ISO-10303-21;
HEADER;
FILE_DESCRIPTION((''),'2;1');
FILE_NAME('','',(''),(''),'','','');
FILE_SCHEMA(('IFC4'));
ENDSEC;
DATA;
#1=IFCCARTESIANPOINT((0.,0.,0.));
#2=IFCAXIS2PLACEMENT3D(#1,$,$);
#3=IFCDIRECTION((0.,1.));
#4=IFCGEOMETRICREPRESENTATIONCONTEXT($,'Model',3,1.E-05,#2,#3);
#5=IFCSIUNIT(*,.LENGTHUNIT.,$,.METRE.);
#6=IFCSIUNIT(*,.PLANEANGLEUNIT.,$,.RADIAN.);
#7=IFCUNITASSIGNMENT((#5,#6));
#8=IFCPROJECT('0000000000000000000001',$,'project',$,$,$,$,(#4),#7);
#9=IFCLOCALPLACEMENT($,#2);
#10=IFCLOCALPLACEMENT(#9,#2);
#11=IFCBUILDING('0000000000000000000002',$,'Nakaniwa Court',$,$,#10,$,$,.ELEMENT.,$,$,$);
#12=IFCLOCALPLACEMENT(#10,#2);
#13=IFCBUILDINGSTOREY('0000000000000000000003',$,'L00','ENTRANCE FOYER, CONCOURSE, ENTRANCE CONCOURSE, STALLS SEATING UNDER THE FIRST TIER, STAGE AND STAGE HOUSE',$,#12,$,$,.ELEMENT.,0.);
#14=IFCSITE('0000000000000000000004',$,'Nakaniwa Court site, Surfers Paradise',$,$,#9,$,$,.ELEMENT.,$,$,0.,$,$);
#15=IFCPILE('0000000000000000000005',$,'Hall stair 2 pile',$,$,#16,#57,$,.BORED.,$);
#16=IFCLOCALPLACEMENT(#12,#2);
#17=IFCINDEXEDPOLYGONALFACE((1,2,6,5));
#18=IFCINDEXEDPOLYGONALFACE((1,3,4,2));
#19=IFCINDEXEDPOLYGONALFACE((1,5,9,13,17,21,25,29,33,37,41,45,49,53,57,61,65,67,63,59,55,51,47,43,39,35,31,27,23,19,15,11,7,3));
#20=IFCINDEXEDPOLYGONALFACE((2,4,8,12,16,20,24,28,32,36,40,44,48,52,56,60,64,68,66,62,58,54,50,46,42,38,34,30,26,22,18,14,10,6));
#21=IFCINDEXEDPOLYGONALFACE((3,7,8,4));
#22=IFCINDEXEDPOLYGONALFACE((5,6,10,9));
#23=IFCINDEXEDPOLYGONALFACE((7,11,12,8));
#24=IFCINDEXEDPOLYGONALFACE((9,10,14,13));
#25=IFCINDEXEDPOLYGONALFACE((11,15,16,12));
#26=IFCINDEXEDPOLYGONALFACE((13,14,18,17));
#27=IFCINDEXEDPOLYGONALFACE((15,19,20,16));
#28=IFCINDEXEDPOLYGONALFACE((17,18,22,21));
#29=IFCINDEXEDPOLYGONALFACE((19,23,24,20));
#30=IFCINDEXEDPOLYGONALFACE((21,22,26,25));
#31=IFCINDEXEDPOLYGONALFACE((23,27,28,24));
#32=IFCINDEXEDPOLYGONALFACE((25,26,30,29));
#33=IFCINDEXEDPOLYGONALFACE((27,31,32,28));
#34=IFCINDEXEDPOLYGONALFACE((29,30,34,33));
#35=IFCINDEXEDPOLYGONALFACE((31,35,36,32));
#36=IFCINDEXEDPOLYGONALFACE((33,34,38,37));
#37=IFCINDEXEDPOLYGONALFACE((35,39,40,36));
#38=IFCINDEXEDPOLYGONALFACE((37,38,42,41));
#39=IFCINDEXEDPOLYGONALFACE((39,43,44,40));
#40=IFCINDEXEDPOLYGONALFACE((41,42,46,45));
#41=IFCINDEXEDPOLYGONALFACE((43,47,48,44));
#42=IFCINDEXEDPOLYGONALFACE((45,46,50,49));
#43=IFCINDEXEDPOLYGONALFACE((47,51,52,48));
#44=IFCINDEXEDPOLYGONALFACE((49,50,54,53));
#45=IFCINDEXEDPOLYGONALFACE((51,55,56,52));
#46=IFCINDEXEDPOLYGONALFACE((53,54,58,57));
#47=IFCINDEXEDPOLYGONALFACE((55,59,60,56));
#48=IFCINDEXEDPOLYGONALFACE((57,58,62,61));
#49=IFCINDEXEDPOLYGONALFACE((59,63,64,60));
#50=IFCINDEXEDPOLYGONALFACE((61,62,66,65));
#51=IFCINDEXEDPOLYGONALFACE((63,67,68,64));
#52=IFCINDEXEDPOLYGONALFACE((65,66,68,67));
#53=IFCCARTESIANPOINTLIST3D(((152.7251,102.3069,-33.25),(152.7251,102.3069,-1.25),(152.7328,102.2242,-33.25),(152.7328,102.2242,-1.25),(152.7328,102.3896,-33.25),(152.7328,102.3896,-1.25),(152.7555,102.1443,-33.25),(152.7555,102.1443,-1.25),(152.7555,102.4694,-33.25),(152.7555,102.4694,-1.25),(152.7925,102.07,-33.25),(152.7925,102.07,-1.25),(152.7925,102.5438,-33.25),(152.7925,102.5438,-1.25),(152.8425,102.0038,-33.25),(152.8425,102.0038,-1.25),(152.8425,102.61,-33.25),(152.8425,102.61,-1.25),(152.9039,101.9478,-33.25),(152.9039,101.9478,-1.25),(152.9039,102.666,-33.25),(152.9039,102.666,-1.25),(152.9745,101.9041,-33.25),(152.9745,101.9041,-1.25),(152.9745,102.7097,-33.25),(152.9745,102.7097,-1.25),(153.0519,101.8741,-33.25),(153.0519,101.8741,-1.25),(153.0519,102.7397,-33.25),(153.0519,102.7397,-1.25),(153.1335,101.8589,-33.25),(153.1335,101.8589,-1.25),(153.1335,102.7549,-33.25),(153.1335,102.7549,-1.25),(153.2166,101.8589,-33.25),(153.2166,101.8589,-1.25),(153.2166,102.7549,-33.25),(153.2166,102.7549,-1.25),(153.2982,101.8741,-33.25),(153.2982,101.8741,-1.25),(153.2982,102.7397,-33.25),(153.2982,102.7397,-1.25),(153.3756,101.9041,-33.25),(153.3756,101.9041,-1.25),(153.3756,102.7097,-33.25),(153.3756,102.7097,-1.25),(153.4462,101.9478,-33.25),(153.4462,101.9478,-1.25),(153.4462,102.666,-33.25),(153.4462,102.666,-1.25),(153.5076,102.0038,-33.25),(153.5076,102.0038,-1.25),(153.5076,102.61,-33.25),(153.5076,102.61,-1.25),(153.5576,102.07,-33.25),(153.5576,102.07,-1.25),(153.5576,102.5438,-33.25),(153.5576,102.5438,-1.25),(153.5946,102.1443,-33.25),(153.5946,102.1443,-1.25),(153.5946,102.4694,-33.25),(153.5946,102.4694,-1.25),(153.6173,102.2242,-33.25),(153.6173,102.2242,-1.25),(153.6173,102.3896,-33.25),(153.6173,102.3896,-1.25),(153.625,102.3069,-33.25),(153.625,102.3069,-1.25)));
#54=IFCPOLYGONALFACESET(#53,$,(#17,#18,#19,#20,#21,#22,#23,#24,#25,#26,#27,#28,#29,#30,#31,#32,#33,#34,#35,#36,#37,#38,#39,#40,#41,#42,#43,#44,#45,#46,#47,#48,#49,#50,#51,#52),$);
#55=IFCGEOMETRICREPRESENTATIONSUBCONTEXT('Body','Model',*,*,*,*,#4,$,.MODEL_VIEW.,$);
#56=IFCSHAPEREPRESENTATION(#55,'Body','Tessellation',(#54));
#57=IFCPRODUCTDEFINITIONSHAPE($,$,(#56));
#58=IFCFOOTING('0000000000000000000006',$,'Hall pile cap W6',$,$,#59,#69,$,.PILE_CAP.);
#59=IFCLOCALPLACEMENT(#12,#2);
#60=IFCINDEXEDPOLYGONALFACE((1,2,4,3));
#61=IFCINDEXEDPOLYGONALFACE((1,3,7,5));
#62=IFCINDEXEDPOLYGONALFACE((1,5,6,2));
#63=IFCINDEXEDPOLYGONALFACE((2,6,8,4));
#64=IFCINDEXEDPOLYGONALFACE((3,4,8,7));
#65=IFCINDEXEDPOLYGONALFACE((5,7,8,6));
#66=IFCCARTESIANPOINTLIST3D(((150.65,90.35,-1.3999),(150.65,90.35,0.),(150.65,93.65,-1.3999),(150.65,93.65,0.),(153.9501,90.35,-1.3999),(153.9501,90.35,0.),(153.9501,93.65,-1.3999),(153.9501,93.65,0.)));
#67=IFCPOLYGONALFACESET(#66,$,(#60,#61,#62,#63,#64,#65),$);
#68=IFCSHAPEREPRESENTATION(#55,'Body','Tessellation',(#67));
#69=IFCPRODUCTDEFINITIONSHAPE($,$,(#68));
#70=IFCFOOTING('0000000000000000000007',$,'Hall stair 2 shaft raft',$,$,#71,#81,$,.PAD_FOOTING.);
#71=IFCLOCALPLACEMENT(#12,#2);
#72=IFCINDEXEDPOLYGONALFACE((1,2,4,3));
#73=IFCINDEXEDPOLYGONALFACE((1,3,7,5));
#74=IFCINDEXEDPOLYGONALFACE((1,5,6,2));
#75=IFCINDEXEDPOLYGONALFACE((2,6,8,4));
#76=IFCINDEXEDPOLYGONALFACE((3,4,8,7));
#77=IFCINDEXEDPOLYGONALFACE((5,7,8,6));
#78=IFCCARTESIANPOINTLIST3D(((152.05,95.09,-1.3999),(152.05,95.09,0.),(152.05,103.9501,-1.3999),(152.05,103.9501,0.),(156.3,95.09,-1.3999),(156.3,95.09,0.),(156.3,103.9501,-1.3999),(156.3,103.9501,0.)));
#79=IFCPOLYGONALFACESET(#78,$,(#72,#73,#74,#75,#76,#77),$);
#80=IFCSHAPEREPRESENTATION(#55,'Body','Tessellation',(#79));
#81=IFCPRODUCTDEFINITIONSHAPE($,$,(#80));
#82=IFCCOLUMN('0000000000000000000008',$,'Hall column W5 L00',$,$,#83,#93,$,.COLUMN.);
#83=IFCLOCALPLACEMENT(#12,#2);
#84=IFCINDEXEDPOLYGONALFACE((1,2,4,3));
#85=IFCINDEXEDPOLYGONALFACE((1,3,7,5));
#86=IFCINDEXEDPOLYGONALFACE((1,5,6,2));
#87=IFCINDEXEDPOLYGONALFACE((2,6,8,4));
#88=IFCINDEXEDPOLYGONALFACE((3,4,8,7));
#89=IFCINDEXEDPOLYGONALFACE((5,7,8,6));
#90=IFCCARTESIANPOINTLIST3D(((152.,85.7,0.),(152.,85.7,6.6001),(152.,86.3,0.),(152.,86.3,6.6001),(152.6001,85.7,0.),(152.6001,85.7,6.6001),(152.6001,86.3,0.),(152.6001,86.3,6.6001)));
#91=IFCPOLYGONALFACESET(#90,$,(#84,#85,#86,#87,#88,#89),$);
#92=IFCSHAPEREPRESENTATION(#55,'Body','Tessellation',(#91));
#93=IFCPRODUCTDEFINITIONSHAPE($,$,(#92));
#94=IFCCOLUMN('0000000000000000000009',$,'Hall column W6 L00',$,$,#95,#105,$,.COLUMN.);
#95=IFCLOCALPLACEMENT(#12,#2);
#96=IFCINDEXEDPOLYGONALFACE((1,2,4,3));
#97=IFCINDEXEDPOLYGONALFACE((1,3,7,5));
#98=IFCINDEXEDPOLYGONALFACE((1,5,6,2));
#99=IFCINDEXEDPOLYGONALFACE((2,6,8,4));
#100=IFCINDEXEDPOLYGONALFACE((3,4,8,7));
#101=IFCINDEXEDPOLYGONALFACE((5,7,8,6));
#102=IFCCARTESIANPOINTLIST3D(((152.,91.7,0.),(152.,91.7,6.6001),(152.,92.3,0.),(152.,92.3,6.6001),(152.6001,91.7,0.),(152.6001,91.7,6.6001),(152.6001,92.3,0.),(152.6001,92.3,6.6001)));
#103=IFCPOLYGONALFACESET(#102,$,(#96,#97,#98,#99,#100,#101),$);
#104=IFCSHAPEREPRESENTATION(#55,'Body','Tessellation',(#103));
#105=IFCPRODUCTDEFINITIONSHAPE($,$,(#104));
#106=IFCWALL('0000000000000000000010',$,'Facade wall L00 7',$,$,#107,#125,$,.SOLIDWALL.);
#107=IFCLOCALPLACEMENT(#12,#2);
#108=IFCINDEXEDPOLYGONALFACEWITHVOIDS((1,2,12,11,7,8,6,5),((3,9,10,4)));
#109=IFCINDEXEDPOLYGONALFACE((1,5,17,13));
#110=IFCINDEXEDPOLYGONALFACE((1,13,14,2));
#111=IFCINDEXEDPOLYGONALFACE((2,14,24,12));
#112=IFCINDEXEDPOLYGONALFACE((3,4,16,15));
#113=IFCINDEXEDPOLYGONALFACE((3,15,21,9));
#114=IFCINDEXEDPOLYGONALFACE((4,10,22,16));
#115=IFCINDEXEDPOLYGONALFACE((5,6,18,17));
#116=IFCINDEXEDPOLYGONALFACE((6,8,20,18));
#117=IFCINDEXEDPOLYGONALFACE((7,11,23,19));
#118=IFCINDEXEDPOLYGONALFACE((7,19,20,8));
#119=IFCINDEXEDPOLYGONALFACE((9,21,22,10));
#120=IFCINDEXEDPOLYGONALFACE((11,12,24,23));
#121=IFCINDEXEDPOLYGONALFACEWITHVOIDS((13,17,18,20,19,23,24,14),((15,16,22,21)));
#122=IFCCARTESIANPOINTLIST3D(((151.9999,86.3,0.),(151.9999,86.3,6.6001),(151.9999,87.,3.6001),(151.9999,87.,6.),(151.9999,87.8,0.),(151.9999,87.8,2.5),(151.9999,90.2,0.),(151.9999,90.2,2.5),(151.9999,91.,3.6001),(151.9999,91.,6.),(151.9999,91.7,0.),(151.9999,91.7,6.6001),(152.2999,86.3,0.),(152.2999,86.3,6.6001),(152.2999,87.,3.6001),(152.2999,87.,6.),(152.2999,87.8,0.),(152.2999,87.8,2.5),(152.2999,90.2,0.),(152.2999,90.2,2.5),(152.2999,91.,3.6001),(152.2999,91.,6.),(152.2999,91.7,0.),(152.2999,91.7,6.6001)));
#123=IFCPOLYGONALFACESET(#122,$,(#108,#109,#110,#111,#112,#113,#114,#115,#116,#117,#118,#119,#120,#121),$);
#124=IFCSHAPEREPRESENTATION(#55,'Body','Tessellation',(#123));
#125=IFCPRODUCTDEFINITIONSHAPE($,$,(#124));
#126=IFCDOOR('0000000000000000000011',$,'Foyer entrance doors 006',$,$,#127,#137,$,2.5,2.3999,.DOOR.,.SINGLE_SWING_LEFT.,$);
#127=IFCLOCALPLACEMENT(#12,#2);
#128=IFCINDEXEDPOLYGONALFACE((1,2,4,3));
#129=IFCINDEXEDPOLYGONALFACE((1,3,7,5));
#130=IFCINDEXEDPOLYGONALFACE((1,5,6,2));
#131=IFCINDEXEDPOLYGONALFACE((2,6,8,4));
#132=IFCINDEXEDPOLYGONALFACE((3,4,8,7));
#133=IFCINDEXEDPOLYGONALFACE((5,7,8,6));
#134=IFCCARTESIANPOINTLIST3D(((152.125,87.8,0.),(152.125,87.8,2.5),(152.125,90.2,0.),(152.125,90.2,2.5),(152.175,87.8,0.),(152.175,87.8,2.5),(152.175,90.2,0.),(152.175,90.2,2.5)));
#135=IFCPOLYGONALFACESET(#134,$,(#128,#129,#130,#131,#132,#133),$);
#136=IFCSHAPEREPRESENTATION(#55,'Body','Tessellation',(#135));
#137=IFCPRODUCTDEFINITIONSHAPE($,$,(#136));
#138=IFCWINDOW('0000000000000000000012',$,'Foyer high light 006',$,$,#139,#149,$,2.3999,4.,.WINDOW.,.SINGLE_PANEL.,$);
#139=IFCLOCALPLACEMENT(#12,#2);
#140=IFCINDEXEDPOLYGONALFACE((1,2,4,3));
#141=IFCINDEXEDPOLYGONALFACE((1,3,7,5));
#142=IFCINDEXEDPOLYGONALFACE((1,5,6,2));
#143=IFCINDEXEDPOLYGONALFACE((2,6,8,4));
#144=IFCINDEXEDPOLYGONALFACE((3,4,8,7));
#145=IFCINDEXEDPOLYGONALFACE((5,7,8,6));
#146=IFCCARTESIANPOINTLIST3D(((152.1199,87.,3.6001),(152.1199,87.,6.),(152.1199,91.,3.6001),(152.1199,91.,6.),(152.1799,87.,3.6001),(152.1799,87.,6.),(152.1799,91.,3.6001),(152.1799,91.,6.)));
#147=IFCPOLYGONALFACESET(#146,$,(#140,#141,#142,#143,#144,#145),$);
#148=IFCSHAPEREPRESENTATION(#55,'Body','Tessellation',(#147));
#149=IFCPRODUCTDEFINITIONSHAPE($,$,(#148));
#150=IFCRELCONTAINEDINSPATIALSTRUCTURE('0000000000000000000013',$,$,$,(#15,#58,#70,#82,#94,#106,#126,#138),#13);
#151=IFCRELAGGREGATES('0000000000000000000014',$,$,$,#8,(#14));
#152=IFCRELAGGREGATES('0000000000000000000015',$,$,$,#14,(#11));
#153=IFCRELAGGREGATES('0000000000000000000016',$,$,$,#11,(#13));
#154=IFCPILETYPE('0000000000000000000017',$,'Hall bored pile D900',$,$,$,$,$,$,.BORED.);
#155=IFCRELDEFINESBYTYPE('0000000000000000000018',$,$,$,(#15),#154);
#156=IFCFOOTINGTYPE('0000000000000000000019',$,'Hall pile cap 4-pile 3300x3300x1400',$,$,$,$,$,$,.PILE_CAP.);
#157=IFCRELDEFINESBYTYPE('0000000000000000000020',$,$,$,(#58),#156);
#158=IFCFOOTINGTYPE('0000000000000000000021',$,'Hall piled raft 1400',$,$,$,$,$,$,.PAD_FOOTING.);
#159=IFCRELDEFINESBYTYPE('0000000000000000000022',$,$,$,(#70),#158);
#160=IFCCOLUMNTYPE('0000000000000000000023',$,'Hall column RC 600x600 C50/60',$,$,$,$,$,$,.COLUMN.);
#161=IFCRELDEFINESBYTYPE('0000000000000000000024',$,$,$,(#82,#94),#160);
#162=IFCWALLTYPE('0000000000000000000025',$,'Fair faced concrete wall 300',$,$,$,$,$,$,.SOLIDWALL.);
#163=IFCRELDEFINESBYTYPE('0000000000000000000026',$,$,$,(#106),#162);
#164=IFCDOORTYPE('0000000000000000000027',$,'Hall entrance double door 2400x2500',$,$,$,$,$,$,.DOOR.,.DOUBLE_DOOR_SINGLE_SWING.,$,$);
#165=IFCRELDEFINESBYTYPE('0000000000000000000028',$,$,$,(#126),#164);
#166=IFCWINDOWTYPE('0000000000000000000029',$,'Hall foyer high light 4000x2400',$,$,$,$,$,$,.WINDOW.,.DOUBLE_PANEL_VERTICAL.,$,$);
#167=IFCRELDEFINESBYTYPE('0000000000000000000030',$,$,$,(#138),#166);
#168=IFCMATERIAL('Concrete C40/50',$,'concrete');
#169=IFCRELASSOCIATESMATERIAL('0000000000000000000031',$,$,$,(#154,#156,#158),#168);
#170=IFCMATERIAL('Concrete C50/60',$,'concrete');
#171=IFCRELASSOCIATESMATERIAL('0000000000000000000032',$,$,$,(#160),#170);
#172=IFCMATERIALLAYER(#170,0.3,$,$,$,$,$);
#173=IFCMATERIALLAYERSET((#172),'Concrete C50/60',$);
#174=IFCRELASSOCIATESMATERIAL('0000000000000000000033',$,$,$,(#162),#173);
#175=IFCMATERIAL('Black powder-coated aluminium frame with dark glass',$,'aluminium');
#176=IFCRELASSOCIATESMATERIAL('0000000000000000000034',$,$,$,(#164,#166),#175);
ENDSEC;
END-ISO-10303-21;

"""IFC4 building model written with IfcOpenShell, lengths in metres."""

from ifc_helpers import new_model, si_unit, direction, frame, frame_2d, origin, origin_2d, place, context, subcontext, project, spatial, rectangle, circle, extrude, material, layer, layer_set, material_profile, profile_set, type_object, element, fill, save


model = new_model("IFC4")

# Units and contexts
model_context = context("Model", 3, precision=1e-05, world=origin(), true_north=direction((0.0, 1.0)))
body_context = subcontext(model_context, "Body", "Model", "MODEL_VIEW")
ifc_project = project(units=[si_unit("LENGTHUNIT", "METRE"), si_unit("PLANEANGLEUNIT", "RADIAN")], contexts=[model_context])

# Site, building, storey
site_placement = place(None, origin())
site = spatial("IfcSite", under=ifc_project, at=site_placement, Name="Nakaniwa Court site, Surfers Paradise", CompositionType="ELEMENT", RefElevation=0.0)
building_placement = place(site_placement, origin())
building = spatial("IfcBuilding", under=site, at=building_placement, Name="Nakaniwa Court", CompositionType="ELEMENT")
storey_placement = place(building_placement, origin())
storey = spatial("IfcBuildingStorey", under=building, at=storey_placement, Name="L00", Description="ENTRANCE FOYER, CONCOURSE, ENTRANCE CONCOURSE, STALLS SEATING UNDER THE FIRST TIER, STAGE AND STAGE HOUSE", CompositionType="ELEMENT", Elevation=0.0)

# Pile
ifc_material_1 = material(Name="Concrete C40/50", Category="concrete")
ifc_material_profile_1 = material_profile(ifc_material_1, circle(Radius=0.45, at=origin_2d()), Name="Bored pile D900")
ifc_profile_set_1 = profile_set([ifc_material_profile_1], Name="Concrete C40/50")
pile_type = type_object("IfcPileType", Name="Hall bored pile D900", PredefinedType="BORED", material=ifc_profile_set_1)
for number, where, z_axis, x_axis, name in (
    (1, (153.175, 102.3069, -1.25), (0.0, 0.0, -1.0), (1.0, 0.0, 0.0), "Hall stair 2 pile"),
):
    element("IfcPile", number, at=place(storey_placement, frame(where, z_axis=z_axis, x_axis=x_axis)), inside=storey, type_object=pile_type, Name=name, PredefinedType="BORED", context=body_context, shape_type="SweptSolid", body=[
        extrude(circle(Radius=0.45, at=origin_2d()), origin(), (0.0, 0.0, 1.0), 32.0),
    ])

# Footings
footing_type_1 = type_object("IfcFootingType", Name="Hall pile cap 4-pile 3300x3300x1400", PredefinedType="PILE_CAP", material=ifc_material_1)
footing_1_placement = place(storey_placement, frame((152.3, 92.0, -1.3999), z_axis=(0.0, 0.0, 1.0), x_axis=(1.0, 0.0, 0.0)))
element("IfcFooting", 2, at=footing_1_placement, inside=storey, type_object=footing_type_1, Name="Hall pile cap W6", PredefinedType="PILE_CAP", context=body_context, shape_type="SweptSolid", body=[
    extrude(rectangle(XDim=3.3, YDim=3.3, at=origin_2d()), origin(), (0.0, 0.0, 1.0), 1.3999),
])
footing_type_2 = type_object("IfcFootingType", Name="Hall piled raft 1400", PredefinedType="PAD_FOOTING", material=ifc_material_1)
footing_2_placement = place(storey_placement, frame((154.175, 99.52, -1.3999), z_axis=(0.0, 0.0, 1.0), x_axis=(1.0, 0.0, 0.0)))
element("IfcFooting", 3, at=footing_2_placement, inside=storey, type_object=footing_type_2, Name="Hall stair 2 shaft raft", PredefinedType="PAD_FOOTING", context=body_context, shape_type="SweptSolid", body=[
    extrude(rectangle(XDim=4.25, YDim=8.8601, at=origin_2d()), origin(), (0.0, 0.0, 1.0), 1.3999),
])

# Columns
ifc_material_2 = material(Name="Concrete C50/60", Category="concrete")
ifc_material_profile_2 = material_profile(ifc_material_2, rectangle(XDim=0.6001, YDim=0.6001, at=origin_2d()), Name="RC 600x600")
ifc_profile_set_2 = profile_set([ifc_material_profile_2], Name="Concrete C50/60")
column_type = type_object("IfcColumnType", Name="Hall column RC 600x600 C50/60", PredefinedType="COLUMN", material=ifc_profile_set_2)
for number, where, z_axis, x_axis, name in (
    (4, (152.3, 86.0, 0.0), (0.0, 0.0, 1.0), (1.0, 0.0, 0.0), "Hall column W5 L00"),
    (5, (152.3, 92.0, 0.0), (0.0, 0.0, 1.0), (1.0, 0.0, 0.0), "Hall column W6 L00"),
):
    element("IfcColumn", number, at=place(storey_placement, frame(where, z_axis=z_axis, x_axis=x_axis)), inside=storey, type_object=column_type, Name=name, PredefinedType="COLUMN", context=body_context, shape_type="SweptSolid", body=[
        extrude(rectangle(XDim=0.6001, YDim=0.6001, at=origin_2d()), origin(), (0.0, 0.0, 1.0), 6.6001),
    ])

# Wall, openings, door, window
ifc_layer_1 = layer(ifc_material_2, 0.3)
ifc_layer_set_1 = layer_set([ifc_layer_1], Name="Concrete C50/60")
wall_type_1 = type_object("IfcWallType", Name="Fair faced concrete wall 300", PredefinedType="SOLIDWALL", material=ifc_layer_set_1)
wall_1_placement = place(storey_placement, frame((152.1499, 86.3, 0.0), z_axis=(0.0, 0.0, 1.0), x_axis=(0.0, 1.0, 0.0)))
wall_1 = element("IfcWall", 6, at=wall_1_placement, inside=storey, type_object=wall_type_1, Name="Facade wall L00 7", PredefinedType="SOLIDWALL", context=body_context, shape_type="SweptSolid", body=[
    extrude(rectangle(XDim=5.3999, YDim=0.3, at=frame_2d((2.7, 0.0))), origin(), (0.0, 0.0, 1.0), 6.6001),
])
opening_1_placement = place(wall_1_placement, frame((1.5, 0.0, 0.0)))
opening_1 = element("IfcOpeningElement", 7, at=opening_1_placement, cuts=wall_1, PredefinedType="OPENING", context=body_context, shape_type="SweptSolid", body=[
    extrude(rectangle(XDim=2.3999, YDim=2.5, at=frame_2d((1.2, 1.25))), frame((0.0, 0.1599, 0.0), z_axis=(0.0, -1.0, 0.0), x_axis=(1.0, 0.0, 0.0)), (0.0, 0.0, 1.0), 0.3201),
])
opening_2_placement = place(wall_1_placement, frame((0.7, 0.0, 3.6001)))
opening_2 = element("IfcOpeningElement", 8, at=opening_2_placement, cuts=wall_1, PredefinedType="OPENING", context=body_context, shape_type="SweptSolid", body=[
    extrude(rectangle(XDim=4.0, YDim=2.3999, at=frame_2d((2.0, 1.2))), frame((0.0, 0.1599, 0.0), z_axis=(0.0, -1.0, 0.0), x_axis=(1.0, 0.0, 0.0)), (0.0, 0.0, 1.0), 0.3201),
])
ifc_material_3 = material(Name="Black powder-coated aluminium frame with dark glass", Category="aluminium")
door_type_1 = type_object("IfcDoorType", Name="Hall entrance double door 2400x2500", OperationType="DOUBLE_DOOR_SINGLE_SWING", PredefinedType="DOOR", material=ifc_material_3)
door_1_placement = place(opening_1_placement, origin())
door_1 = element("IfcDoor", 9, at=door_1_placement, inside=storey, type_object=door_type_1, Name="Foyer entrance doors 006", OperationType="SINGLE_SWING_LEFT", OverallHeight=2.5, OverallWidth=2.3999, PredefinedType="DOOR", context=body_context, shape_type="SweptSolid", body=[
    extrude(rectangle(XDim=2.3999, YDim=2.5, at=frame_2d((1.2, 1.25))), frame((0.0, 0.0249, 0.0), z_axis=(0.0, -1.0, 0.0), x_axis=(1.0, 0.0, 0.0)), (0.0, 0.0, 1.0), 0.05),
])
fill(opening_1, door_1)
window_type = type_object("IfcWindowType", Name="Hall foyer high light 4000x2400", PartitioningType="DOUBLE_PANEL_VERTICAL", PredefinedType="WINDOW", material=ifc_material_3)
window_placement = place(opening_2_placement, origin())
window = element("IfcWindow", 10, at=window_placement, inside=storey, type_object=window_type, Name="Foyer high light 006", OverallHeight=2.3999, OverallWidth=4.0, PartitioningType="SINGLE_PANEL", PredefinedType="WINDOW", context=body_context, shape_type="SweptSolid", body=[
    extrude(rectangle(XDim=4.0, YDim=2.3999, at=frame_2d((2.0, 1.2))), frame((0.0, 0.03, 0.0), z_axis=(0.0, -1.0, 0.0), x_axis=(1.0, 0.0, 0.0)), (0.0, 0.0, 1.0), 0.0601),
])
fill(opening_2, window)

save(model, "model.ifc")
